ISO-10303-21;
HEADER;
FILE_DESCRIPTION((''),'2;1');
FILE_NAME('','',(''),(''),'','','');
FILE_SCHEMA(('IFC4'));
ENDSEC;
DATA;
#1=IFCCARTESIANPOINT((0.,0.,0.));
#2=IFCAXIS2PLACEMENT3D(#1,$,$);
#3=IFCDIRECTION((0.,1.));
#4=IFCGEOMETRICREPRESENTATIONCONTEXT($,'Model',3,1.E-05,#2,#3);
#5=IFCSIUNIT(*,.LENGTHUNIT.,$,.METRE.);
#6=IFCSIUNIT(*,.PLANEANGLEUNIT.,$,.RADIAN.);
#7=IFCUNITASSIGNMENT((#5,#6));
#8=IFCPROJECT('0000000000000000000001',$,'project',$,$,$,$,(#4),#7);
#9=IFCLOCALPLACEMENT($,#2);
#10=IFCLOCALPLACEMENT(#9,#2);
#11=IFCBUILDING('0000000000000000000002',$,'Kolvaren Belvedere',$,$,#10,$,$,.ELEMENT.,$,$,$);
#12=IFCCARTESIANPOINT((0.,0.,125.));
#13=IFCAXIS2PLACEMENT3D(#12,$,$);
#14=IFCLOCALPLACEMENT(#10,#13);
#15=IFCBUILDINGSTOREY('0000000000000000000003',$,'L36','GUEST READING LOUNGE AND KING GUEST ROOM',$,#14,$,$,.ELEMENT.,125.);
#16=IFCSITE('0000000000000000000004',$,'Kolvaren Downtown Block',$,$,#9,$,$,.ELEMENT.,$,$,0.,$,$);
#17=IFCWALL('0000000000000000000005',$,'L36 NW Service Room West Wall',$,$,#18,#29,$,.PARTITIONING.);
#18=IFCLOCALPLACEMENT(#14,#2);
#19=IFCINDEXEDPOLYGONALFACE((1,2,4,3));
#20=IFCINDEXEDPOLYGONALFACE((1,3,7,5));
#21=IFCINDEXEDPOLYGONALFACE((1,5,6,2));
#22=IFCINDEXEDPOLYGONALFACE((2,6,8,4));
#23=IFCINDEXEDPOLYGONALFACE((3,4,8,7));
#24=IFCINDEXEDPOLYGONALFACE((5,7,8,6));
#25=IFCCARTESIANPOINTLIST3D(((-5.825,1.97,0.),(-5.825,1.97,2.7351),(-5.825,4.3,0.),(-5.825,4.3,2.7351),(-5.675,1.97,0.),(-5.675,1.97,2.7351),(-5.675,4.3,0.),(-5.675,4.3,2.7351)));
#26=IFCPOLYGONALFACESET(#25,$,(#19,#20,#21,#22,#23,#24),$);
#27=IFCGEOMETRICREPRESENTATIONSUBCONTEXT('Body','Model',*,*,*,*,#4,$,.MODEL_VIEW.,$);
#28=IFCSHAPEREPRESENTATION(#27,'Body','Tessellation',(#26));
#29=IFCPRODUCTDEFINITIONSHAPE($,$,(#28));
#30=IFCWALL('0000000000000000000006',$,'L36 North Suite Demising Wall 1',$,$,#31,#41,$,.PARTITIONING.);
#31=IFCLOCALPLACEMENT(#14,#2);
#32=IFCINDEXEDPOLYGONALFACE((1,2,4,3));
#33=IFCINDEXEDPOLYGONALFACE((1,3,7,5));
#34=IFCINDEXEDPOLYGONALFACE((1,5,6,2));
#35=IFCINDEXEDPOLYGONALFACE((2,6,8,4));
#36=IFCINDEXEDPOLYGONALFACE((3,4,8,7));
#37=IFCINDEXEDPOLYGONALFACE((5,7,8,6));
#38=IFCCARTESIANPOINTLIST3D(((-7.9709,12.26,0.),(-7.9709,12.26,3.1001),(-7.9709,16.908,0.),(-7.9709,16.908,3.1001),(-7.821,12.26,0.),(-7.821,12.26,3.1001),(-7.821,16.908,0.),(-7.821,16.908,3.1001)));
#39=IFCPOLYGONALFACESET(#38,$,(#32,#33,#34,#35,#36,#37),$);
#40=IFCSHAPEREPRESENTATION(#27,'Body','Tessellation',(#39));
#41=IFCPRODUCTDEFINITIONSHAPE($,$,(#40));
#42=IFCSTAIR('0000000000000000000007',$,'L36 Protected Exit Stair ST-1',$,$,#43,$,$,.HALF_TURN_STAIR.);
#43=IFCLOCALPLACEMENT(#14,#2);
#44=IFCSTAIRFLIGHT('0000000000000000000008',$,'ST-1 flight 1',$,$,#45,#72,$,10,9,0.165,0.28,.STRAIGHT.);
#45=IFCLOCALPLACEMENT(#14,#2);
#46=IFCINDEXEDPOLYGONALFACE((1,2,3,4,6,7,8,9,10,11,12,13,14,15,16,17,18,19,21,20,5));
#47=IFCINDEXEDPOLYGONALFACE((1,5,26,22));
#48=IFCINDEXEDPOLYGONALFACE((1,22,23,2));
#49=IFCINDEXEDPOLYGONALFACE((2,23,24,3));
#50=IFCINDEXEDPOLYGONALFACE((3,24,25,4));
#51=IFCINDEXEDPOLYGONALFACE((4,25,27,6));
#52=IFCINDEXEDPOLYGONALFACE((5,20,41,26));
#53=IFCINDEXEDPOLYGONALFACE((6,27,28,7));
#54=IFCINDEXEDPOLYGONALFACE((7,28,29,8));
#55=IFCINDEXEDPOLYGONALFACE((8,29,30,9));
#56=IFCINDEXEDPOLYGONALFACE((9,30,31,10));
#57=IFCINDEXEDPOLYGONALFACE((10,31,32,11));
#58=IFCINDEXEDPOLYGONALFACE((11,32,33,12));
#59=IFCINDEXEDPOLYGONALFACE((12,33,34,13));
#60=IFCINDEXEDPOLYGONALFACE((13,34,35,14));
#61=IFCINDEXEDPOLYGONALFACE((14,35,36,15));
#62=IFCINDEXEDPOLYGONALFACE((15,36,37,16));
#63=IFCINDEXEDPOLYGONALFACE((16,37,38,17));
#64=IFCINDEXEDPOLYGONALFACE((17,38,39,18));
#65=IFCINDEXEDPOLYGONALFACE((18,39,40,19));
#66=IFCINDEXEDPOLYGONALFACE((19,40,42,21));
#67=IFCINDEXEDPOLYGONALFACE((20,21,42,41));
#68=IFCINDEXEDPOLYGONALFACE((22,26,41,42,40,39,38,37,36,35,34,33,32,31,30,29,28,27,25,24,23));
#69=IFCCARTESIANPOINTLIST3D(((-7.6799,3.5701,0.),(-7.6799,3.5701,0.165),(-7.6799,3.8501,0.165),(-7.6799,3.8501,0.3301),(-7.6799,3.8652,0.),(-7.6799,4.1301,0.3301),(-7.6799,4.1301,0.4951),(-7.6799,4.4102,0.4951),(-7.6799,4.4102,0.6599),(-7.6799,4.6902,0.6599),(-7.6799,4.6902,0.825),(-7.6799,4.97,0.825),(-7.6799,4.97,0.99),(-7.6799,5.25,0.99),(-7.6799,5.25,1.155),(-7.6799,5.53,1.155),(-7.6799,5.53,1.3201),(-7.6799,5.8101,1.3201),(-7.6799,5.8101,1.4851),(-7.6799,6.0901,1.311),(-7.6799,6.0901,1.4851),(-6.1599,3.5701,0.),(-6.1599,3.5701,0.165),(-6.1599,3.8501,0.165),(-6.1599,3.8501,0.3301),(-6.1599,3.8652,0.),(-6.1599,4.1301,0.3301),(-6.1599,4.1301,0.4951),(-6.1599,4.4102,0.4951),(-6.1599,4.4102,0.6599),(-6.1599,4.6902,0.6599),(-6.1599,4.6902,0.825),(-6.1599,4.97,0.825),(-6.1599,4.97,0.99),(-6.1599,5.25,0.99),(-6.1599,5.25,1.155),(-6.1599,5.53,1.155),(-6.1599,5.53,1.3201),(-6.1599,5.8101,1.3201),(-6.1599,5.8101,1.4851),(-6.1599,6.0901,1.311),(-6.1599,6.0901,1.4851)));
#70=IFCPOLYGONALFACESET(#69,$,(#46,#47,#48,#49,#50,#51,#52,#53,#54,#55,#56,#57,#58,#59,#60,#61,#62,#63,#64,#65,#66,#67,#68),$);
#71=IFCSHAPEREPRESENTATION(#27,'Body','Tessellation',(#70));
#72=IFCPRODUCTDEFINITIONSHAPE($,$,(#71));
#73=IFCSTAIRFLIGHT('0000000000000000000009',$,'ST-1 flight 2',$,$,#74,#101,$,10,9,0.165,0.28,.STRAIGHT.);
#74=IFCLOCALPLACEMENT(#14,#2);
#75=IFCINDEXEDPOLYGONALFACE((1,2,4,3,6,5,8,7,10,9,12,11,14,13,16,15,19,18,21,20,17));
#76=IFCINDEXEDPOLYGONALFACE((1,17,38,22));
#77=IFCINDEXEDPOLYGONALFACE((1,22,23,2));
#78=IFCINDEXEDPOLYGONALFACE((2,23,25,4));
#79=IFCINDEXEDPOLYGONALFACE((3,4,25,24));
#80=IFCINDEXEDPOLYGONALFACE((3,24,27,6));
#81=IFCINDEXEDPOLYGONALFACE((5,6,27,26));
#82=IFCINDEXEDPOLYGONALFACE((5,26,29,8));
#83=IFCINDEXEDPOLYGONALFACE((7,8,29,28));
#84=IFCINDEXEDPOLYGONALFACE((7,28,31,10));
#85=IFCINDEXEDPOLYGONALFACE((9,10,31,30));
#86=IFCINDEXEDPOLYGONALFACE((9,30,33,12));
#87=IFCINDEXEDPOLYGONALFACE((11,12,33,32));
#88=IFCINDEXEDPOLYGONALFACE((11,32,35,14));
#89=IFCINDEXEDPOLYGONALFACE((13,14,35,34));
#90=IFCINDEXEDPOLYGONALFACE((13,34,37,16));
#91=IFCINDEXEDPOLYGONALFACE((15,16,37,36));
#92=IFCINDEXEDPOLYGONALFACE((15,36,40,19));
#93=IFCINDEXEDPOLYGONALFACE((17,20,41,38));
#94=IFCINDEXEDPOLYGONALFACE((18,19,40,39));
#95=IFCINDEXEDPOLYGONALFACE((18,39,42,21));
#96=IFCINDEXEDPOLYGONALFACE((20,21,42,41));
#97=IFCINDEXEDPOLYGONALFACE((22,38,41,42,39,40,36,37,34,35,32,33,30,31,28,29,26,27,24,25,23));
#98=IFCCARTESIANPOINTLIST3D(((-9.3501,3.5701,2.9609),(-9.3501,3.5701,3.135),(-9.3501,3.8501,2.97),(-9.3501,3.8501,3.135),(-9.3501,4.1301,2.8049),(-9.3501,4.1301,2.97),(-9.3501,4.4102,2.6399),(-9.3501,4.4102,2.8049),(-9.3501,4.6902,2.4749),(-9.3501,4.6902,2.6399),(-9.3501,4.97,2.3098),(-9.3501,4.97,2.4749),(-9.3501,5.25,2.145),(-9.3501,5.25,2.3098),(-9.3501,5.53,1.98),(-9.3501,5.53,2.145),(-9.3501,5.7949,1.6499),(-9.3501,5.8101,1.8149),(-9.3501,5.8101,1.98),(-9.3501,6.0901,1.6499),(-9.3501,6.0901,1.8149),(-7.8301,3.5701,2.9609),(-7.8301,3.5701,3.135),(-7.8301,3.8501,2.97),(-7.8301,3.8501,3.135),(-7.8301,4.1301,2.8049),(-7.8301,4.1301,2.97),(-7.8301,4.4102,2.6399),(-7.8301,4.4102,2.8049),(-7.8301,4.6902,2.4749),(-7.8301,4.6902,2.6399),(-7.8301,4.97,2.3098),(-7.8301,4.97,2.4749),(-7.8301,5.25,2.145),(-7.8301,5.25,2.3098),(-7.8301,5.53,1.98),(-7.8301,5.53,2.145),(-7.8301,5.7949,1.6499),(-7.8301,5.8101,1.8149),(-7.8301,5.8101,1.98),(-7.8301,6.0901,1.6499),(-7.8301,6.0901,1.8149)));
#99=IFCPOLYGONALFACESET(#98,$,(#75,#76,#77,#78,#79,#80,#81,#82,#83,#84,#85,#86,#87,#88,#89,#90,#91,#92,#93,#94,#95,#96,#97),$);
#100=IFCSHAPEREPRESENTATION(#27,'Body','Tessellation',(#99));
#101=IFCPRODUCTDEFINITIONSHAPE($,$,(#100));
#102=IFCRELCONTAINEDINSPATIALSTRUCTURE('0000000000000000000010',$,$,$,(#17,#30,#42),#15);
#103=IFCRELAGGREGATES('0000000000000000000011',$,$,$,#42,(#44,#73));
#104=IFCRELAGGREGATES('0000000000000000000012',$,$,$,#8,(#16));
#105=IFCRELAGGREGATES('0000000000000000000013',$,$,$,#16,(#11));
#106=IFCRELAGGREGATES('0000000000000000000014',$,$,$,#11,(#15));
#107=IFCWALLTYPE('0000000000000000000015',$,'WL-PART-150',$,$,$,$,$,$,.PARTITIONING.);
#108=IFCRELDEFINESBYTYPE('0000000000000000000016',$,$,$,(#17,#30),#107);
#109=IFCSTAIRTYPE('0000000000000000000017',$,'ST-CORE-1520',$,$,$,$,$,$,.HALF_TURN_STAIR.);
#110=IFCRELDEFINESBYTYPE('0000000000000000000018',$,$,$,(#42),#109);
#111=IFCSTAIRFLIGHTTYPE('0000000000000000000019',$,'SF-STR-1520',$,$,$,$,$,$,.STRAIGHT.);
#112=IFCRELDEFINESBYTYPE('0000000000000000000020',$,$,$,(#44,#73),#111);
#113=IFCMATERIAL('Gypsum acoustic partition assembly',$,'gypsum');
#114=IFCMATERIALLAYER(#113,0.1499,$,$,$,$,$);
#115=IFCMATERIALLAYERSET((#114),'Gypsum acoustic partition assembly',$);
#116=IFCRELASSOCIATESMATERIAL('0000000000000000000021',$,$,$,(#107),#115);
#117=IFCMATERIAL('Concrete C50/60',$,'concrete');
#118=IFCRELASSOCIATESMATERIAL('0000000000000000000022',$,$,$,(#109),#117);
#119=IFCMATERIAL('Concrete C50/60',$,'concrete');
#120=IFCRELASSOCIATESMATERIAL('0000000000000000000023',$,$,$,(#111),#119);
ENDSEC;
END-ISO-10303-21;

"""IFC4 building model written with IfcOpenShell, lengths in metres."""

from ifc_helpers import new_model, si_unit, direction, frame, frame_2d, origin, place, context, subcontext, project, spatial, polyline, rectangle, outline, extrude, material, layer, layer_set, type_object, element, aggregate, save


model = new_model("IFC4")

# Units and contexts
model_context = context("Model", 3, precision=1e-05, world=origin(), true_north=direction((0.0, 1.0)))
body_context = subcontext(model_context, "Body", "Model", "MODEL_VIEW")
ifc_project = project(units=[si_unit("LENGTHUNIT", "METRE"), si_unit("PLANEANGLEUNIT", "RADIAN")], contexts=[model_context])

# Site, building, storey
site_placement = place(None, origin())
site = spatial("IfcSite", under=ifc_project, at=site_placement, Name="Kolvaren Downtown Block", CompositionType="ELEMENT", RefElevation=0.0)
building_placement = place(site_placement, origin())
building = spatial("IfcBuilding", under=site, at=building_placement, Name="Kolvaren Belvedere", CompositionType="ELEMENT")
storey_placement = place(building_placement, frame((0.0, 0.0, 125.0)))
storey = spatial("IfcBuildingStorey", under=building, at=storey_placement, Name="L36", Description="GUEST READING LOUNGE AND KING GUEST ROOM", CompositionType="ELEMENT", Elevation=125.0)

# Shared definitions
ifc_material_1 = material(Name="Gypsum acoustic partition assembly", Category="gypsum")
ifc_layer_1 = layer(ifc_material_1, 0.1499)
ifc_layer_set_1 = layer_set([ifc_layer_1], Name="Gypsum acoustic partition assembly")
wall_type_1 = type_object("IfcWallType", Name="WL-PART-150", PredefinedType="PARTITIONING", material=ifc_layer_set_1)

# Walls
wall_1_placement = place(storey_placement, frame((-5.75, 1.97, 0.0), z_axis=(0.0, 0.0, 1.0), x_axis=(0.0, 1.0, 0.0)))
element("IfcWall", 1, at=wall_1_placement, inside=storey, type_object=wall_type_1, Name="L36 NW Service Room West Wall", PredefinedType="PARTITIONING", context=body_context, shape_type="SweptSolid", body=[
    extrude(rectangle(XDim=2.3301, YDim=0.1499, at=frame_2d((1.165, 0.0))), origin(), (0.0, 0.0, 1.0), 2.7351),
])
wall_2_placement = place(storey_placement, frame((-7.896, 12.26, 0.0), z_axis=(0.0, 0.0, 1.0), x_axis=(0.0, 1.0, 0.0)))
element("IfcWall", 2, at=wall_2_placement, inside=storey, type_object=wall_type_1, Name="L36 North Suite Demising Wall 1", PredefinedType="PARTITIONING", context=body_context, shape_type="SweptSolid", body=[
    extrude(rectangle(XDim=4.6479, YDim=0.1499, at=frame_2d((2.324, 0.0))), origin(), (0.0, 0.0, 1.0), 3.1001),
])

# Stair, stair flights
ifc_material_2 = material(Name="Concrete C50/60", Category="concrete")
stair_type = type_object("IfcStairType", Name="ST-CORE-1520", PredefinedType="HALF_TURN_STAIR", material=ifc_material_2)
stair_placement = place(storey_placement, origin())
stair = element("IfcStair", 3, at=stair_placement, inside=storey, type_object=stair_type, Name="L36 Protected Exit Stair ST-1", PredefinedType="HALF_TURN_STAIR")
ifc_material_3 = material(Name="Concrete C50/60", Category="concrete")
stair_flight_type = type_object("IfcStairFlightType", Name="SF-STR-1520", PredefinedType="STRAIGHT", material=ifc_material_3)
stair_flight_1_placement = place(storey_placement, frame((-6.9199, 3.5701, 0.0), z_axis=(0.0, 0.0, 1.0), x_axis=(0.0, 1.0, 0.0)))
stair_flight_1 = element("IfcStairFlight", 4, at=stair_flight_1_placement, type_object=stair_flight_type, Name="ST-1 flight 1", NumberOfRisers=10, NumberOfTreads=9, PredefinedType="STRAIGHT", RiserHeight=0.165, TreadLength=0.28, context=body_context, shape_type="SweptSolid", body=[
    extrude(outline(polyline([(0.0, 0.0), (0.0, 0.165), (0.28, 0.165), (0.28, 0.3301), (0.5601, 0.3301), (0.5601, 0.4951), (0.8401, 0.4951), (0.8401, 0.6599), (1.1201, 0.6599), (1.1201, 0.825), (1.3999, 0.825), (1.3999, 0.99), (1.6799, 0.99), (1.6799, 1.155), (1.96, 1.155), (1.96, 1.3201), (2.24, 1.3201), (2.24, 1.4851), (2.52, 1.4851), (2.52, 1.6499), (2.52, 1.311), (0.2952, 0.0), (0.0, 0.0)])), frame((0.0, 0.76, 0.0), z_axis=(0.0, -1.0, 0.0), x_axis=(1.0, 0.0, 0.0)), (0.0, 0.0, 1.0), 1.52),
])
stair_flight_2_placement = place(storey_placement, frame((-8.5901, 6.0901, 1.6499), z_axis=(0.0, 0.0, 1.0), x_axis=(0.0, -1.0, 0.0)))
stair_flight_2 = element("IfcStairFlight", 5, at=stair_flight_2_placement, type_object=stair_flight_type, Name="ST-1 flight 2", NumberOfRisers=10, NumberOfTreads=9, PredefinedType="STRAIGHT", RiserHeight=0.165, TreadLength=0.28, context=body_context, shape_type="SweptSolid", body=[
    extrude(outline(polyline([(0.0, 0.0), (0.0, 0.165), (0.28, 0.165), (0.28, 0.3301), (0.5601, 0.3301), (0.5601, 0.4951), (0.8401, 0.4951), (0.8401, 0.6599), (1.1201, 0.6599), (1.1201, 0.825), (1.3999, 0.825), (1.3999, 0.99), (1.6799, 0.99), (1.6799, 1.155), (1.96, 1.155), (1.96, 1.3201), (2.24, 1.3201), (2.24, 1.4851), (2.52, 1.4851), (2.52, 1.6499), (2.52, 1.311), (0.2952, 0.0), (0.0, 0.0)])), frame((0.0, 0.76, 0.0), z_axis=(0.0, -1.0, 0.0), x_axis=(1.0, 0.0, 0.0)), (0.0, 0.0, 1.0), 1.52),
])
aggregate(stair, [stair_flight_1, stair_flight_2])

save(model, "model.ifc")
